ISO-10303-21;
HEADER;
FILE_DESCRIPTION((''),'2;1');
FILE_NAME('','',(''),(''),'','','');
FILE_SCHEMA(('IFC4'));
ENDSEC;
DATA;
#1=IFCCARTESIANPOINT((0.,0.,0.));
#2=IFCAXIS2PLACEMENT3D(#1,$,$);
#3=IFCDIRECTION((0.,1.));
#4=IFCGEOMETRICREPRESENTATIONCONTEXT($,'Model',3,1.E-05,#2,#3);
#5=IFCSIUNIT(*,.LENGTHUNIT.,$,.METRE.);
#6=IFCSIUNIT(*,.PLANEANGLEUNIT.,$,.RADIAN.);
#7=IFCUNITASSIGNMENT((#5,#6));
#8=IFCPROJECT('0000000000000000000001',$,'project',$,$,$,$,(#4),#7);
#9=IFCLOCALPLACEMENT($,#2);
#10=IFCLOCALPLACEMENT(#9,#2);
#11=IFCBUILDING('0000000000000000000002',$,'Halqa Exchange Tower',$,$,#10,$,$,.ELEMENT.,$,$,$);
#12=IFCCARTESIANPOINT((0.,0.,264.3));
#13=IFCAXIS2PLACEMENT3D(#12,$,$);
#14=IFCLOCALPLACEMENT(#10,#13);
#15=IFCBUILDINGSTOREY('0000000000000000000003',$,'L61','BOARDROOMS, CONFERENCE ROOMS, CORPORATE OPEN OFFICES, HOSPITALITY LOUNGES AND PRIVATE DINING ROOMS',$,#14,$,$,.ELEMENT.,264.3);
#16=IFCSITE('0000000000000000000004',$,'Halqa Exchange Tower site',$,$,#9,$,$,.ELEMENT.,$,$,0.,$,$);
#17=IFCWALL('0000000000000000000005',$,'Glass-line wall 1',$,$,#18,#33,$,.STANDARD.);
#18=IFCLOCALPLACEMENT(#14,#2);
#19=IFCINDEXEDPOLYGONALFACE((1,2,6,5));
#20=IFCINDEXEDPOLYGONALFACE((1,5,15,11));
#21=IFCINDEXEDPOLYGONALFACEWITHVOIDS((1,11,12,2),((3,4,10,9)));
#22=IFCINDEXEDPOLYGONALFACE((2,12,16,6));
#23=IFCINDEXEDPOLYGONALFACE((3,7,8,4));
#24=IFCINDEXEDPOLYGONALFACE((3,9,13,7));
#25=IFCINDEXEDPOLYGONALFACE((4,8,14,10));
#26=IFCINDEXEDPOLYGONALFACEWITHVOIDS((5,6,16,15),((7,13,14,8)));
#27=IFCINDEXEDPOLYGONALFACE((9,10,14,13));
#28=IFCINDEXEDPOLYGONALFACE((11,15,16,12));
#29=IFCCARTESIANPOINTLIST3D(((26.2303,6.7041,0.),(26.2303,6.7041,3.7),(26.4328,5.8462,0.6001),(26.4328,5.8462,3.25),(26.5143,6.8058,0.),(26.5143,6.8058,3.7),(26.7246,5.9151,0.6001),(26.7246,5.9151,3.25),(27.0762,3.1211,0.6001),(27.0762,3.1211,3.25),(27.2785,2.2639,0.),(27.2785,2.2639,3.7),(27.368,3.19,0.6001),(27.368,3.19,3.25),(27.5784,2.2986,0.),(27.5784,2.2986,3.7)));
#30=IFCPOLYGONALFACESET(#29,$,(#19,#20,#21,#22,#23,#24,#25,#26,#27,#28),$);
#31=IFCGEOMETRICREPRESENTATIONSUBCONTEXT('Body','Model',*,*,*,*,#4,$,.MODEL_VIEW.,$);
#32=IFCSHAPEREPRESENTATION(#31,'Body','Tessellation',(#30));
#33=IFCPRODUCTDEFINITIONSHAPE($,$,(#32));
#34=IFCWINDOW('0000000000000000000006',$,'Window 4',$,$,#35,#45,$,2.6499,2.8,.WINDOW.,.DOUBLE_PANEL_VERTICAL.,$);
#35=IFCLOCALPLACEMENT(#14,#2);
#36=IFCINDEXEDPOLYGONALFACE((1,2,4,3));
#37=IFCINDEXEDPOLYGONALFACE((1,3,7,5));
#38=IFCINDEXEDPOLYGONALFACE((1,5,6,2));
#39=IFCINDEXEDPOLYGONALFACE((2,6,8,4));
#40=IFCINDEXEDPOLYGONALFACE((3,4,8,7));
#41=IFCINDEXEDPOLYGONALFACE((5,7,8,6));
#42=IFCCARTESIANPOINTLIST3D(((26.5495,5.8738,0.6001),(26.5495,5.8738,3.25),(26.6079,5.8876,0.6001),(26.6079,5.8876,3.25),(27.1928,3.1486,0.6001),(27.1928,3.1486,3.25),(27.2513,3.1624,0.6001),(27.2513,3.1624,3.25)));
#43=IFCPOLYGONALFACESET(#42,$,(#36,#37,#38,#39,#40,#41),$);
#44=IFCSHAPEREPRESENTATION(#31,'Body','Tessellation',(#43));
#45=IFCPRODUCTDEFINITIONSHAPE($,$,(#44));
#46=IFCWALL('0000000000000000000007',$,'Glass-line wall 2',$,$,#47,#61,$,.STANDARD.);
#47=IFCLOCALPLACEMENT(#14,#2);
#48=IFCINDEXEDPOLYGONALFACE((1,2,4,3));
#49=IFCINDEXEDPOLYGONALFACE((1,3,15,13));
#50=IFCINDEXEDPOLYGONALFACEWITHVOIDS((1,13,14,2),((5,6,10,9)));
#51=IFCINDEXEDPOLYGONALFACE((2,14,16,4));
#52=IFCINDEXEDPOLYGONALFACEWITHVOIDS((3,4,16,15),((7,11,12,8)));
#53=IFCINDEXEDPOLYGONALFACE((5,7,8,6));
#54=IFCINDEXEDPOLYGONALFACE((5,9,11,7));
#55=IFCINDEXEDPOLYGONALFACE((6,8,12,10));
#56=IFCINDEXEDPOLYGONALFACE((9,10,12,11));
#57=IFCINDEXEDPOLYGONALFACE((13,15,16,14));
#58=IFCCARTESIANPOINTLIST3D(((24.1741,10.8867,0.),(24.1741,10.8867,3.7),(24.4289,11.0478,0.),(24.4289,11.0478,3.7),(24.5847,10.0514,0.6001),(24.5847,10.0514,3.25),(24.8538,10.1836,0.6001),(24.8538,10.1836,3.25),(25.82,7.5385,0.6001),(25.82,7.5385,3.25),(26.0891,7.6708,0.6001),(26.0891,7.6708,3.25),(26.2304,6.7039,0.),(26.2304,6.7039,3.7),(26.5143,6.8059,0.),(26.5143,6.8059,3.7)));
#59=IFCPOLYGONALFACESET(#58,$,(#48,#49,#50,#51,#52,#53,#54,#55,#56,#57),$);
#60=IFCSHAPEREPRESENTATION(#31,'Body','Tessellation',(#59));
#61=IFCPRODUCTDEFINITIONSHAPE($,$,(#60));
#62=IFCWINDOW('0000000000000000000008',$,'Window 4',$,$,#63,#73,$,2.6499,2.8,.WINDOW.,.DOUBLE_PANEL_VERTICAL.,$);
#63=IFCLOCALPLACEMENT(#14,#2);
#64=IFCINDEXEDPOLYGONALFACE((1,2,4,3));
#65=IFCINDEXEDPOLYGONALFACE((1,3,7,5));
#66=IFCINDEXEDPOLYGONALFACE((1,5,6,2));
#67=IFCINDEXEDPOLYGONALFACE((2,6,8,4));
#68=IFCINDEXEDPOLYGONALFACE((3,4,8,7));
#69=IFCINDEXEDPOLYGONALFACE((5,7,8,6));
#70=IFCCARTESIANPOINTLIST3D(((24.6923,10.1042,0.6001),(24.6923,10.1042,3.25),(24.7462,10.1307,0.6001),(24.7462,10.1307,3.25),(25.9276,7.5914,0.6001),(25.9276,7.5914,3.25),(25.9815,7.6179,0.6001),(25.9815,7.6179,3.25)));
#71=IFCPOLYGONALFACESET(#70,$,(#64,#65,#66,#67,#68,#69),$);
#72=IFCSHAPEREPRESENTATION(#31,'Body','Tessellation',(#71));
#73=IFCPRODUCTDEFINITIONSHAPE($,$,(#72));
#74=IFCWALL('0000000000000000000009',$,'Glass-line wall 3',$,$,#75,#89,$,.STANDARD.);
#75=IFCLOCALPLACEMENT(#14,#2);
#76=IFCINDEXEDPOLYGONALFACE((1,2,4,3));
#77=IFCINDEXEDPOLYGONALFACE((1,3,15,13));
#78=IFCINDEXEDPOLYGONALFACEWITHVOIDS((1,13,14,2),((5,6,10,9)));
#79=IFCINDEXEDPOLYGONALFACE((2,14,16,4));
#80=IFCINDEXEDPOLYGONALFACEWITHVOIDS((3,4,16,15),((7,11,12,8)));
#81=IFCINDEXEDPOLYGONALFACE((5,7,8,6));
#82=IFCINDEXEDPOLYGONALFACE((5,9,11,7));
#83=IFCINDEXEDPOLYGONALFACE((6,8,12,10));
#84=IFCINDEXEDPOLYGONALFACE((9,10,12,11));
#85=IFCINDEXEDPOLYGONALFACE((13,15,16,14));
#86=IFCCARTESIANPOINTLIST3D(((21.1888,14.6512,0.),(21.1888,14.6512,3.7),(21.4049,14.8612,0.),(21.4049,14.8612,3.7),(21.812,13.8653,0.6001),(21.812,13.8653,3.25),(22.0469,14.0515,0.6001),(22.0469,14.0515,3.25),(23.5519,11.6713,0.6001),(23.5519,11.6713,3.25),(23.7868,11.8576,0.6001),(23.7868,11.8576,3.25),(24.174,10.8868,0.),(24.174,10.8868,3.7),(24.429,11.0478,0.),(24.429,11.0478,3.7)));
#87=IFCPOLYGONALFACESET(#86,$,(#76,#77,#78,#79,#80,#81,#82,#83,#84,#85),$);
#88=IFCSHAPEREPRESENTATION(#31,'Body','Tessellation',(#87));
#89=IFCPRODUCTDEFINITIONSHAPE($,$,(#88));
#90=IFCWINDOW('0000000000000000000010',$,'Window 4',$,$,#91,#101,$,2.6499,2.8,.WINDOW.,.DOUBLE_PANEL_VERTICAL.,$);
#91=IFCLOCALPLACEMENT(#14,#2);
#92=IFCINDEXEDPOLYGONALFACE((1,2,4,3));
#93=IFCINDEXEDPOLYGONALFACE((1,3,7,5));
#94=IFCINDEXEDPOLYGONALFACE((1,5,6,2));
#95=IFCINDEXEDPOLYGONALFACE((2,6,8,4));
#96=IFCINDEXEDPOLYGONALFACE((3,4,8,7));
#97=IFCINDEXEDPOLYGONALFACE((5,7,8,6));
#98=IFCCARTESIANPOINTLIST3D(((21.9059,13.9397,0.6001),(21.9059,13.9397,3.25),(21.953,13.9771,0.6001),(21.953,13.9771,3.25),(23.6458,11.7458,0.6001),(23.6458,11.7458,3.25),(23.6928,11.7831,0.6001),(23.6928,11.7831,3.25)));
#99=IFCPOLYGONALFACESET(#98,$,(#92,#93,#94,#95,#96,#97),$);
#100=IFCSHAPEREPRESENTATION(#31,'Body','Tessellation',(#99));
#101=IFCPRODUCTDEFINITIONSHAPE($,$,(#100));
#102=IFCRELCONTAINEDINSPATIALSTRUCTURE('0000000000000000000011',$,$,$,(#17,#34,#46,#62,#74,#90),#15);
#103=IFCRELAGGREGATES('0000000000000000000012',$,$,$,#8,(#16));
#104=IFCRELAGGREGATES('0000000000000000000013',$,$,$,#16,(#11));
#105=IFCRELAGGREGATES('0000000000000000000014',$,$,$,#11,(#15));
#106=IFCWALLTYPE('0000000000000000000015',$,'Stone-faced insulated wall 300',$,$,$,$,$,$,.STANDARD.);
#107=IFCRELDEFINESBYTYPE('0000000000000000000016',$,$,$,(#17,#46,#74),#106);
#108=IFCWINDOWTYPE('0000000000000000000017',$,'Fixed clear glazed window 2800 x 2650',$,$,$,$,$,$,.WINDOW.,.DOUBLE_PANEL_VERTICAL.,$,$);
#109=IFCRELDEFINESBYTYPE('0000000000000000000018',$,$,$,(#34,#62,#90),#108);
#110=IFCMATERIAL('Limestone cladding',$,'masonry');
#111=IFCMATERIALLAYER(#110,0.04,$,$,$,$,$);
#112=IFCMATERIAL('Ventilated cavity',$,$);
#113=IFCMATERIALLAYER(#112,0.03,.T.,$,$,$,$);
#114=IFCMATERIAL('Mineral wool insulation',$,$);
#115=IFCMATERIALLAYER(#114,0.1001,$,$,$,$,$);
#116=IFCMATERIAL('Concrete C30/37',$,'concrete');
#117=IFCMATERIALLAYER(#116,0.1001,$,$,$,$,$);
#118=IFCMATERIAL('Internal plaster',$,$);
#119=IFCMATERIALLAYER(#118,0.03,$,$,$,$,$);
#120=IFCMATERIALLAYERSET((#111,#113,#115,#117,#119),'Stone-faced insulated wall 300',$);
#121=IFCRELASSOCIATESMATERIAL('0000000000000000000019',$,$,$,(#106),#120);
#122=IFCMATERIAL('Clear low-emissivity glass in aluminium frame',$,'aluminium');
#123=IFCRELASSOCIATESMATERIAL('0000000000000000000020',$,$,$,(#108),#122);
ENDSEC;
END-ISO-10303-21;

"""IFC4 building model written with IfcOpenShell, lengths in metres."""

from ifc_helpers import new_model, si_unit, direction, frame, frame_2d, origin, place, context, subcontext, project, spatial, polyline, rectangle, outline, extrude, material, layer, layer_set, type_object, element, fill, save


model = new_model("IFC4")

# Units and contexts
model_context = context("Model", 3, precision=1e-05, world=origin(), true_north=direction((0.0, 1.0)))
body_context = subcontext(model_context, "Body", "Model", "MODEL_VIEW")
ifc_project = project(units=[si_unit("LENGTHUNIT", "METRE"), si_unit("PLANEANGLEUNIT", "RADIAN")], contexts=[model_context])

# Site, building, storey
site_placement = place(None, origin())
site = spatial("IfcSite", under=ifc_project, at=site_placement, Name="Halqa Exchange Tower site", CompositionType="ELEMENT", RefElevation=0.0)
building_placement = place(site_placement, origin())
building = spatial("IfcBuilding", under=site, at=building_placement, Name="Halqa Exchange Tower", CompositionType="ELEMENT")
storey_placement = place(building_placement, frame((0.0, 0.0, 264.3)))
storey = spatial("IfcBuildingStorey", under=building, at=storey_placement, Name="L61", Description="BOARDROOMS, CONFERENCE ROOMS, CORPORATE OPEN OFFICES, HOSPITALITY LOUNGES AND PRIVATE DINING ROOMS", CompositionType="ELEMENT", Elevation=264.3)

# Walls, openings, windows
ifc_material_1 = material(Name="Limestone cladding", Category="masonry")
ifc_layer_1 = layer(ifc_material_1, 0.04)
ifc_material_2 = material(Name="Ventilated cavity")
ifc_layer_2 = layer(ifc_material_2, 0.03, ventilated=True)
ifc_material_3 = material(Name="Mineral wool insulation")
ifc_layer_3 = layer(ifc_material_3, 0.1001)
ifc_material_4 = material(Name="Concrete C30/37", Category="concrete")
ifc_layer_4 = layer(ifc_material_4, 0.1001)
ifc_material_5 = material(Name="Internal plaster")
ifc_layer_5 = layer(ifc_material_5, 0.03)
ifc_layer_set_1 = layer_set([ifc_layer_1, ifc_layer_2, ifc_layer_3, ifc_layer_4, ifc_layer_5], Name="Stone-faced insulated wall 300")
wall_type_1 = type_object("IfcWallType", Name="Stone-faced insulated wall 300", PredefinedType="STANDARD", material=ifc_layer_set_1)
wall_1_placement = place(storey_placement, frame((27.4285, 2.2812, 0.0), z_axis=(0.0, 0.0, 1.0), x_axis=(-0.229768, 0.973246, 0.0)))
wall_1 = element("IfcWall", 1, at=wall_1_placement, inside=storey, type_object=wall_type_1, Name="Glass-line wall 1", PredefinedType="STANDARD", context=body_context, shape_type="SweptSolid", body=[
    extrude(outline(polyline([(-0.0176, -0.1499), (4.6135, -0.1499), (4.5798, 0.1499), (0.0176, 0.1499), (-0.0176, -0.1499)])), origin(), (0.0, 0.0, 1.0), 3.7),
])
opening_1_placement = place(wall_1_placement, frame((0.8984, 0.0, 0.6001)))
opening_1 = element("IfcOpeningElement", 2, at=opening_1_placement, cuts=wall_1, PredefinedType="OPENING", context=body_context, shape_type="SweptSolid", body=[
    extrude(rectangle(XDim=2.8, YDim=2.6499, at=frame_2d((1.3999, 1.325))), frame((0.0, 0.1621, 0.0), z_axis=(0.0, -1.0, 0.0), x_axis=(1.0, 0.0, 0.0)), (0.0, 0.0, 1.0), 0.324),
])
ifc_material_6 = material(Name="Clear low-emissivity glass in aluminium frame", Category="aluminium")
window_type = type_object("IfcWindowType", Name="Fixed clear glazed window 2800 x 2650", PartitioningType="DOUBLE_PANEL_VERTICAL", PredefinedType="WINDOW", material=ifc_material_6)
window_1_placement = place(opening_1_placement, origin())
window_1 = element("IfcWindow", 3, at=window_1_placement, inside=storey, type_object=window_type, Name="Window 4", OverallHeight=2.6499, OverallWidth=2.8, PartitioningType="DOUBLE_PANEL_VERTICAL", PredefinedType="WINDOW", context=body_context, shape_type="SweptSolid", body=[
    extrude(rectangle(XDim=2.8, YDim=2.6499, at=frame_2d((1.3999, 1.325))), frame((0.0, 0.03, 0.0), z_axis=(0.0, -1.0, 0.0), x_axis=(1.0, 0.0, 0.0)), (0.0, 0.0, 1.0), 0.0601),
])
fill(opening_1, window_1)
wall_2_placement = place(storey_placement, frame((26.3723, 6.7549, 0.0), z_axis=(0.0, 0.0, 1.0), x_axis=(-0.44117, 0.897424, 0.0)))
wall_2 = element("IfcWall", 4, at=wall_2_placement, inside=storey, type_object=wall_type_1, Name="Glass-line wall 2", PredefinedType="STANDARD", context=body_context, shape_type="SweptSolid", body=[
    extrude(outline(polyline([(-0.0168, -0.1499), (4.71, -0.1499), (4.6777, 0.1499), (0.0168, 0.1499), (-0.0168, -0.1499)])), origin(), (0.0, 0.0, 1.0), 3.7),
])
opening_2_placement = place(wall_2_placement, frame((0.947, 0.0, 0.6001)))
opening_2 = element("IfcOpeningElement", 5, at=opening_2_placement, cuts=wall_2, PredefinedType="OPENING", context=body_context, shape_type="SweptSolid", body=[
    extrude(rectangle(XDim=2.8, YDim=2.6499, at=frame_2d((1.3999, 1.325))), frame((0.0, 0.1621, 0.0), z_axis=(0.0, -1.0, 0.0), x_axis=(1.0, 0.0, 0.0)), (0.0, 0.0, 1.0), 0.324),
])
window_2_placement = place(opening_2_placement, origin())
window_2 = element("IfcWindow", 6, at=window_2_placement, inside=storey, type_object=window_type, Name="Window 4", OverallHeight=2.6499, OverallWidth=2.8, PartitioningType="DOUBLE_PANEL_VERTICAL", PredefinedType="WINDOW", context=body_context, shape_type="SweptSolid", body=[
    extrude(rectangle(XDim=2.8, YDim=2.6499, at=frame_2d((1.3999, 1.325))), frame((0.0, 0.03, 0.0), z_axis=(0.0, -1.0, 0.0), x_axis=(1.0, 0.0, 0.0)), (0.0, 0.0, 1.0), 0.0601),
])
fill(opening_2, window_2)
wall_3_placement = place(storey_placement, frame((24.3015, 10.9673, 0.0), z_axis=(0.0, 0.0, 1.0), x_axis=(-0.621358, 0.783526, 0.0)))
wall_3 = element("IfcWall", 7, at=wall_3_placement, inside=storey, type_object=wall_type_1, Name="Glass-line wall 3", PredefinedType="STANDARD", context=body_context, shape_type="SweptSolid", body=[
    extrude(outline(polyline([(-0.0161, -0.1499), (4.8508, -0.1499), (4.8206, 0.1499), (0.0161, 0.1499), (-0.0161, -0.1499)])), origin(), (0.0, 0.0, 1.0), 3.7),
])
opening_3_placement = place(wall_3_placement, frame((1.0176, 0.0, 0.6001)))
opening_3 = element("IfcOpeningElement", 8, at=opening_3_placement, cuts=wall_3, PredefinedType="OPENING", context=body_context, shape_type="SweptSolid", body=[
    extrude(rectangle(XDim=2.8, YDim=2.6499, at=frame_2d((1.3999, 1.325))), frame((0.0, 0.1621, 0.0), z_axis=(0.0, -1.0, 0.0), x_axis=(1.0, 0.0, 0.0)), (0.0, 0.0, 1.0), 0.324),
])
window_3_placement = place(opening_3_placement, origin())
window_3 = element("IfcWindow", 9, at=window_3_placement, inside=storey, type_object=window_type, Name="Window 4", OverallHeight=2.6499, OverallWidth=2.8, PartitioningType="DOUBLE_PANEL_VERTICAL", PredefinedType="WINDOW", context=body_context, shape_type="SweptSolid", body=[
    extrude(rectangle(XDim=2.8, YDim=2.6499, at=frame_2d((1.3999, 1.325))), frame((0.0, 0.03, 0.0), z_axis=(0.0, -1.0, 0.0), x_axis=(1.0, 0.0, 0.0)), (0.0, 0.0, 1.0), 0.0601),
])
fill(opening_3, window_3)

save(model, "model.ifc")
